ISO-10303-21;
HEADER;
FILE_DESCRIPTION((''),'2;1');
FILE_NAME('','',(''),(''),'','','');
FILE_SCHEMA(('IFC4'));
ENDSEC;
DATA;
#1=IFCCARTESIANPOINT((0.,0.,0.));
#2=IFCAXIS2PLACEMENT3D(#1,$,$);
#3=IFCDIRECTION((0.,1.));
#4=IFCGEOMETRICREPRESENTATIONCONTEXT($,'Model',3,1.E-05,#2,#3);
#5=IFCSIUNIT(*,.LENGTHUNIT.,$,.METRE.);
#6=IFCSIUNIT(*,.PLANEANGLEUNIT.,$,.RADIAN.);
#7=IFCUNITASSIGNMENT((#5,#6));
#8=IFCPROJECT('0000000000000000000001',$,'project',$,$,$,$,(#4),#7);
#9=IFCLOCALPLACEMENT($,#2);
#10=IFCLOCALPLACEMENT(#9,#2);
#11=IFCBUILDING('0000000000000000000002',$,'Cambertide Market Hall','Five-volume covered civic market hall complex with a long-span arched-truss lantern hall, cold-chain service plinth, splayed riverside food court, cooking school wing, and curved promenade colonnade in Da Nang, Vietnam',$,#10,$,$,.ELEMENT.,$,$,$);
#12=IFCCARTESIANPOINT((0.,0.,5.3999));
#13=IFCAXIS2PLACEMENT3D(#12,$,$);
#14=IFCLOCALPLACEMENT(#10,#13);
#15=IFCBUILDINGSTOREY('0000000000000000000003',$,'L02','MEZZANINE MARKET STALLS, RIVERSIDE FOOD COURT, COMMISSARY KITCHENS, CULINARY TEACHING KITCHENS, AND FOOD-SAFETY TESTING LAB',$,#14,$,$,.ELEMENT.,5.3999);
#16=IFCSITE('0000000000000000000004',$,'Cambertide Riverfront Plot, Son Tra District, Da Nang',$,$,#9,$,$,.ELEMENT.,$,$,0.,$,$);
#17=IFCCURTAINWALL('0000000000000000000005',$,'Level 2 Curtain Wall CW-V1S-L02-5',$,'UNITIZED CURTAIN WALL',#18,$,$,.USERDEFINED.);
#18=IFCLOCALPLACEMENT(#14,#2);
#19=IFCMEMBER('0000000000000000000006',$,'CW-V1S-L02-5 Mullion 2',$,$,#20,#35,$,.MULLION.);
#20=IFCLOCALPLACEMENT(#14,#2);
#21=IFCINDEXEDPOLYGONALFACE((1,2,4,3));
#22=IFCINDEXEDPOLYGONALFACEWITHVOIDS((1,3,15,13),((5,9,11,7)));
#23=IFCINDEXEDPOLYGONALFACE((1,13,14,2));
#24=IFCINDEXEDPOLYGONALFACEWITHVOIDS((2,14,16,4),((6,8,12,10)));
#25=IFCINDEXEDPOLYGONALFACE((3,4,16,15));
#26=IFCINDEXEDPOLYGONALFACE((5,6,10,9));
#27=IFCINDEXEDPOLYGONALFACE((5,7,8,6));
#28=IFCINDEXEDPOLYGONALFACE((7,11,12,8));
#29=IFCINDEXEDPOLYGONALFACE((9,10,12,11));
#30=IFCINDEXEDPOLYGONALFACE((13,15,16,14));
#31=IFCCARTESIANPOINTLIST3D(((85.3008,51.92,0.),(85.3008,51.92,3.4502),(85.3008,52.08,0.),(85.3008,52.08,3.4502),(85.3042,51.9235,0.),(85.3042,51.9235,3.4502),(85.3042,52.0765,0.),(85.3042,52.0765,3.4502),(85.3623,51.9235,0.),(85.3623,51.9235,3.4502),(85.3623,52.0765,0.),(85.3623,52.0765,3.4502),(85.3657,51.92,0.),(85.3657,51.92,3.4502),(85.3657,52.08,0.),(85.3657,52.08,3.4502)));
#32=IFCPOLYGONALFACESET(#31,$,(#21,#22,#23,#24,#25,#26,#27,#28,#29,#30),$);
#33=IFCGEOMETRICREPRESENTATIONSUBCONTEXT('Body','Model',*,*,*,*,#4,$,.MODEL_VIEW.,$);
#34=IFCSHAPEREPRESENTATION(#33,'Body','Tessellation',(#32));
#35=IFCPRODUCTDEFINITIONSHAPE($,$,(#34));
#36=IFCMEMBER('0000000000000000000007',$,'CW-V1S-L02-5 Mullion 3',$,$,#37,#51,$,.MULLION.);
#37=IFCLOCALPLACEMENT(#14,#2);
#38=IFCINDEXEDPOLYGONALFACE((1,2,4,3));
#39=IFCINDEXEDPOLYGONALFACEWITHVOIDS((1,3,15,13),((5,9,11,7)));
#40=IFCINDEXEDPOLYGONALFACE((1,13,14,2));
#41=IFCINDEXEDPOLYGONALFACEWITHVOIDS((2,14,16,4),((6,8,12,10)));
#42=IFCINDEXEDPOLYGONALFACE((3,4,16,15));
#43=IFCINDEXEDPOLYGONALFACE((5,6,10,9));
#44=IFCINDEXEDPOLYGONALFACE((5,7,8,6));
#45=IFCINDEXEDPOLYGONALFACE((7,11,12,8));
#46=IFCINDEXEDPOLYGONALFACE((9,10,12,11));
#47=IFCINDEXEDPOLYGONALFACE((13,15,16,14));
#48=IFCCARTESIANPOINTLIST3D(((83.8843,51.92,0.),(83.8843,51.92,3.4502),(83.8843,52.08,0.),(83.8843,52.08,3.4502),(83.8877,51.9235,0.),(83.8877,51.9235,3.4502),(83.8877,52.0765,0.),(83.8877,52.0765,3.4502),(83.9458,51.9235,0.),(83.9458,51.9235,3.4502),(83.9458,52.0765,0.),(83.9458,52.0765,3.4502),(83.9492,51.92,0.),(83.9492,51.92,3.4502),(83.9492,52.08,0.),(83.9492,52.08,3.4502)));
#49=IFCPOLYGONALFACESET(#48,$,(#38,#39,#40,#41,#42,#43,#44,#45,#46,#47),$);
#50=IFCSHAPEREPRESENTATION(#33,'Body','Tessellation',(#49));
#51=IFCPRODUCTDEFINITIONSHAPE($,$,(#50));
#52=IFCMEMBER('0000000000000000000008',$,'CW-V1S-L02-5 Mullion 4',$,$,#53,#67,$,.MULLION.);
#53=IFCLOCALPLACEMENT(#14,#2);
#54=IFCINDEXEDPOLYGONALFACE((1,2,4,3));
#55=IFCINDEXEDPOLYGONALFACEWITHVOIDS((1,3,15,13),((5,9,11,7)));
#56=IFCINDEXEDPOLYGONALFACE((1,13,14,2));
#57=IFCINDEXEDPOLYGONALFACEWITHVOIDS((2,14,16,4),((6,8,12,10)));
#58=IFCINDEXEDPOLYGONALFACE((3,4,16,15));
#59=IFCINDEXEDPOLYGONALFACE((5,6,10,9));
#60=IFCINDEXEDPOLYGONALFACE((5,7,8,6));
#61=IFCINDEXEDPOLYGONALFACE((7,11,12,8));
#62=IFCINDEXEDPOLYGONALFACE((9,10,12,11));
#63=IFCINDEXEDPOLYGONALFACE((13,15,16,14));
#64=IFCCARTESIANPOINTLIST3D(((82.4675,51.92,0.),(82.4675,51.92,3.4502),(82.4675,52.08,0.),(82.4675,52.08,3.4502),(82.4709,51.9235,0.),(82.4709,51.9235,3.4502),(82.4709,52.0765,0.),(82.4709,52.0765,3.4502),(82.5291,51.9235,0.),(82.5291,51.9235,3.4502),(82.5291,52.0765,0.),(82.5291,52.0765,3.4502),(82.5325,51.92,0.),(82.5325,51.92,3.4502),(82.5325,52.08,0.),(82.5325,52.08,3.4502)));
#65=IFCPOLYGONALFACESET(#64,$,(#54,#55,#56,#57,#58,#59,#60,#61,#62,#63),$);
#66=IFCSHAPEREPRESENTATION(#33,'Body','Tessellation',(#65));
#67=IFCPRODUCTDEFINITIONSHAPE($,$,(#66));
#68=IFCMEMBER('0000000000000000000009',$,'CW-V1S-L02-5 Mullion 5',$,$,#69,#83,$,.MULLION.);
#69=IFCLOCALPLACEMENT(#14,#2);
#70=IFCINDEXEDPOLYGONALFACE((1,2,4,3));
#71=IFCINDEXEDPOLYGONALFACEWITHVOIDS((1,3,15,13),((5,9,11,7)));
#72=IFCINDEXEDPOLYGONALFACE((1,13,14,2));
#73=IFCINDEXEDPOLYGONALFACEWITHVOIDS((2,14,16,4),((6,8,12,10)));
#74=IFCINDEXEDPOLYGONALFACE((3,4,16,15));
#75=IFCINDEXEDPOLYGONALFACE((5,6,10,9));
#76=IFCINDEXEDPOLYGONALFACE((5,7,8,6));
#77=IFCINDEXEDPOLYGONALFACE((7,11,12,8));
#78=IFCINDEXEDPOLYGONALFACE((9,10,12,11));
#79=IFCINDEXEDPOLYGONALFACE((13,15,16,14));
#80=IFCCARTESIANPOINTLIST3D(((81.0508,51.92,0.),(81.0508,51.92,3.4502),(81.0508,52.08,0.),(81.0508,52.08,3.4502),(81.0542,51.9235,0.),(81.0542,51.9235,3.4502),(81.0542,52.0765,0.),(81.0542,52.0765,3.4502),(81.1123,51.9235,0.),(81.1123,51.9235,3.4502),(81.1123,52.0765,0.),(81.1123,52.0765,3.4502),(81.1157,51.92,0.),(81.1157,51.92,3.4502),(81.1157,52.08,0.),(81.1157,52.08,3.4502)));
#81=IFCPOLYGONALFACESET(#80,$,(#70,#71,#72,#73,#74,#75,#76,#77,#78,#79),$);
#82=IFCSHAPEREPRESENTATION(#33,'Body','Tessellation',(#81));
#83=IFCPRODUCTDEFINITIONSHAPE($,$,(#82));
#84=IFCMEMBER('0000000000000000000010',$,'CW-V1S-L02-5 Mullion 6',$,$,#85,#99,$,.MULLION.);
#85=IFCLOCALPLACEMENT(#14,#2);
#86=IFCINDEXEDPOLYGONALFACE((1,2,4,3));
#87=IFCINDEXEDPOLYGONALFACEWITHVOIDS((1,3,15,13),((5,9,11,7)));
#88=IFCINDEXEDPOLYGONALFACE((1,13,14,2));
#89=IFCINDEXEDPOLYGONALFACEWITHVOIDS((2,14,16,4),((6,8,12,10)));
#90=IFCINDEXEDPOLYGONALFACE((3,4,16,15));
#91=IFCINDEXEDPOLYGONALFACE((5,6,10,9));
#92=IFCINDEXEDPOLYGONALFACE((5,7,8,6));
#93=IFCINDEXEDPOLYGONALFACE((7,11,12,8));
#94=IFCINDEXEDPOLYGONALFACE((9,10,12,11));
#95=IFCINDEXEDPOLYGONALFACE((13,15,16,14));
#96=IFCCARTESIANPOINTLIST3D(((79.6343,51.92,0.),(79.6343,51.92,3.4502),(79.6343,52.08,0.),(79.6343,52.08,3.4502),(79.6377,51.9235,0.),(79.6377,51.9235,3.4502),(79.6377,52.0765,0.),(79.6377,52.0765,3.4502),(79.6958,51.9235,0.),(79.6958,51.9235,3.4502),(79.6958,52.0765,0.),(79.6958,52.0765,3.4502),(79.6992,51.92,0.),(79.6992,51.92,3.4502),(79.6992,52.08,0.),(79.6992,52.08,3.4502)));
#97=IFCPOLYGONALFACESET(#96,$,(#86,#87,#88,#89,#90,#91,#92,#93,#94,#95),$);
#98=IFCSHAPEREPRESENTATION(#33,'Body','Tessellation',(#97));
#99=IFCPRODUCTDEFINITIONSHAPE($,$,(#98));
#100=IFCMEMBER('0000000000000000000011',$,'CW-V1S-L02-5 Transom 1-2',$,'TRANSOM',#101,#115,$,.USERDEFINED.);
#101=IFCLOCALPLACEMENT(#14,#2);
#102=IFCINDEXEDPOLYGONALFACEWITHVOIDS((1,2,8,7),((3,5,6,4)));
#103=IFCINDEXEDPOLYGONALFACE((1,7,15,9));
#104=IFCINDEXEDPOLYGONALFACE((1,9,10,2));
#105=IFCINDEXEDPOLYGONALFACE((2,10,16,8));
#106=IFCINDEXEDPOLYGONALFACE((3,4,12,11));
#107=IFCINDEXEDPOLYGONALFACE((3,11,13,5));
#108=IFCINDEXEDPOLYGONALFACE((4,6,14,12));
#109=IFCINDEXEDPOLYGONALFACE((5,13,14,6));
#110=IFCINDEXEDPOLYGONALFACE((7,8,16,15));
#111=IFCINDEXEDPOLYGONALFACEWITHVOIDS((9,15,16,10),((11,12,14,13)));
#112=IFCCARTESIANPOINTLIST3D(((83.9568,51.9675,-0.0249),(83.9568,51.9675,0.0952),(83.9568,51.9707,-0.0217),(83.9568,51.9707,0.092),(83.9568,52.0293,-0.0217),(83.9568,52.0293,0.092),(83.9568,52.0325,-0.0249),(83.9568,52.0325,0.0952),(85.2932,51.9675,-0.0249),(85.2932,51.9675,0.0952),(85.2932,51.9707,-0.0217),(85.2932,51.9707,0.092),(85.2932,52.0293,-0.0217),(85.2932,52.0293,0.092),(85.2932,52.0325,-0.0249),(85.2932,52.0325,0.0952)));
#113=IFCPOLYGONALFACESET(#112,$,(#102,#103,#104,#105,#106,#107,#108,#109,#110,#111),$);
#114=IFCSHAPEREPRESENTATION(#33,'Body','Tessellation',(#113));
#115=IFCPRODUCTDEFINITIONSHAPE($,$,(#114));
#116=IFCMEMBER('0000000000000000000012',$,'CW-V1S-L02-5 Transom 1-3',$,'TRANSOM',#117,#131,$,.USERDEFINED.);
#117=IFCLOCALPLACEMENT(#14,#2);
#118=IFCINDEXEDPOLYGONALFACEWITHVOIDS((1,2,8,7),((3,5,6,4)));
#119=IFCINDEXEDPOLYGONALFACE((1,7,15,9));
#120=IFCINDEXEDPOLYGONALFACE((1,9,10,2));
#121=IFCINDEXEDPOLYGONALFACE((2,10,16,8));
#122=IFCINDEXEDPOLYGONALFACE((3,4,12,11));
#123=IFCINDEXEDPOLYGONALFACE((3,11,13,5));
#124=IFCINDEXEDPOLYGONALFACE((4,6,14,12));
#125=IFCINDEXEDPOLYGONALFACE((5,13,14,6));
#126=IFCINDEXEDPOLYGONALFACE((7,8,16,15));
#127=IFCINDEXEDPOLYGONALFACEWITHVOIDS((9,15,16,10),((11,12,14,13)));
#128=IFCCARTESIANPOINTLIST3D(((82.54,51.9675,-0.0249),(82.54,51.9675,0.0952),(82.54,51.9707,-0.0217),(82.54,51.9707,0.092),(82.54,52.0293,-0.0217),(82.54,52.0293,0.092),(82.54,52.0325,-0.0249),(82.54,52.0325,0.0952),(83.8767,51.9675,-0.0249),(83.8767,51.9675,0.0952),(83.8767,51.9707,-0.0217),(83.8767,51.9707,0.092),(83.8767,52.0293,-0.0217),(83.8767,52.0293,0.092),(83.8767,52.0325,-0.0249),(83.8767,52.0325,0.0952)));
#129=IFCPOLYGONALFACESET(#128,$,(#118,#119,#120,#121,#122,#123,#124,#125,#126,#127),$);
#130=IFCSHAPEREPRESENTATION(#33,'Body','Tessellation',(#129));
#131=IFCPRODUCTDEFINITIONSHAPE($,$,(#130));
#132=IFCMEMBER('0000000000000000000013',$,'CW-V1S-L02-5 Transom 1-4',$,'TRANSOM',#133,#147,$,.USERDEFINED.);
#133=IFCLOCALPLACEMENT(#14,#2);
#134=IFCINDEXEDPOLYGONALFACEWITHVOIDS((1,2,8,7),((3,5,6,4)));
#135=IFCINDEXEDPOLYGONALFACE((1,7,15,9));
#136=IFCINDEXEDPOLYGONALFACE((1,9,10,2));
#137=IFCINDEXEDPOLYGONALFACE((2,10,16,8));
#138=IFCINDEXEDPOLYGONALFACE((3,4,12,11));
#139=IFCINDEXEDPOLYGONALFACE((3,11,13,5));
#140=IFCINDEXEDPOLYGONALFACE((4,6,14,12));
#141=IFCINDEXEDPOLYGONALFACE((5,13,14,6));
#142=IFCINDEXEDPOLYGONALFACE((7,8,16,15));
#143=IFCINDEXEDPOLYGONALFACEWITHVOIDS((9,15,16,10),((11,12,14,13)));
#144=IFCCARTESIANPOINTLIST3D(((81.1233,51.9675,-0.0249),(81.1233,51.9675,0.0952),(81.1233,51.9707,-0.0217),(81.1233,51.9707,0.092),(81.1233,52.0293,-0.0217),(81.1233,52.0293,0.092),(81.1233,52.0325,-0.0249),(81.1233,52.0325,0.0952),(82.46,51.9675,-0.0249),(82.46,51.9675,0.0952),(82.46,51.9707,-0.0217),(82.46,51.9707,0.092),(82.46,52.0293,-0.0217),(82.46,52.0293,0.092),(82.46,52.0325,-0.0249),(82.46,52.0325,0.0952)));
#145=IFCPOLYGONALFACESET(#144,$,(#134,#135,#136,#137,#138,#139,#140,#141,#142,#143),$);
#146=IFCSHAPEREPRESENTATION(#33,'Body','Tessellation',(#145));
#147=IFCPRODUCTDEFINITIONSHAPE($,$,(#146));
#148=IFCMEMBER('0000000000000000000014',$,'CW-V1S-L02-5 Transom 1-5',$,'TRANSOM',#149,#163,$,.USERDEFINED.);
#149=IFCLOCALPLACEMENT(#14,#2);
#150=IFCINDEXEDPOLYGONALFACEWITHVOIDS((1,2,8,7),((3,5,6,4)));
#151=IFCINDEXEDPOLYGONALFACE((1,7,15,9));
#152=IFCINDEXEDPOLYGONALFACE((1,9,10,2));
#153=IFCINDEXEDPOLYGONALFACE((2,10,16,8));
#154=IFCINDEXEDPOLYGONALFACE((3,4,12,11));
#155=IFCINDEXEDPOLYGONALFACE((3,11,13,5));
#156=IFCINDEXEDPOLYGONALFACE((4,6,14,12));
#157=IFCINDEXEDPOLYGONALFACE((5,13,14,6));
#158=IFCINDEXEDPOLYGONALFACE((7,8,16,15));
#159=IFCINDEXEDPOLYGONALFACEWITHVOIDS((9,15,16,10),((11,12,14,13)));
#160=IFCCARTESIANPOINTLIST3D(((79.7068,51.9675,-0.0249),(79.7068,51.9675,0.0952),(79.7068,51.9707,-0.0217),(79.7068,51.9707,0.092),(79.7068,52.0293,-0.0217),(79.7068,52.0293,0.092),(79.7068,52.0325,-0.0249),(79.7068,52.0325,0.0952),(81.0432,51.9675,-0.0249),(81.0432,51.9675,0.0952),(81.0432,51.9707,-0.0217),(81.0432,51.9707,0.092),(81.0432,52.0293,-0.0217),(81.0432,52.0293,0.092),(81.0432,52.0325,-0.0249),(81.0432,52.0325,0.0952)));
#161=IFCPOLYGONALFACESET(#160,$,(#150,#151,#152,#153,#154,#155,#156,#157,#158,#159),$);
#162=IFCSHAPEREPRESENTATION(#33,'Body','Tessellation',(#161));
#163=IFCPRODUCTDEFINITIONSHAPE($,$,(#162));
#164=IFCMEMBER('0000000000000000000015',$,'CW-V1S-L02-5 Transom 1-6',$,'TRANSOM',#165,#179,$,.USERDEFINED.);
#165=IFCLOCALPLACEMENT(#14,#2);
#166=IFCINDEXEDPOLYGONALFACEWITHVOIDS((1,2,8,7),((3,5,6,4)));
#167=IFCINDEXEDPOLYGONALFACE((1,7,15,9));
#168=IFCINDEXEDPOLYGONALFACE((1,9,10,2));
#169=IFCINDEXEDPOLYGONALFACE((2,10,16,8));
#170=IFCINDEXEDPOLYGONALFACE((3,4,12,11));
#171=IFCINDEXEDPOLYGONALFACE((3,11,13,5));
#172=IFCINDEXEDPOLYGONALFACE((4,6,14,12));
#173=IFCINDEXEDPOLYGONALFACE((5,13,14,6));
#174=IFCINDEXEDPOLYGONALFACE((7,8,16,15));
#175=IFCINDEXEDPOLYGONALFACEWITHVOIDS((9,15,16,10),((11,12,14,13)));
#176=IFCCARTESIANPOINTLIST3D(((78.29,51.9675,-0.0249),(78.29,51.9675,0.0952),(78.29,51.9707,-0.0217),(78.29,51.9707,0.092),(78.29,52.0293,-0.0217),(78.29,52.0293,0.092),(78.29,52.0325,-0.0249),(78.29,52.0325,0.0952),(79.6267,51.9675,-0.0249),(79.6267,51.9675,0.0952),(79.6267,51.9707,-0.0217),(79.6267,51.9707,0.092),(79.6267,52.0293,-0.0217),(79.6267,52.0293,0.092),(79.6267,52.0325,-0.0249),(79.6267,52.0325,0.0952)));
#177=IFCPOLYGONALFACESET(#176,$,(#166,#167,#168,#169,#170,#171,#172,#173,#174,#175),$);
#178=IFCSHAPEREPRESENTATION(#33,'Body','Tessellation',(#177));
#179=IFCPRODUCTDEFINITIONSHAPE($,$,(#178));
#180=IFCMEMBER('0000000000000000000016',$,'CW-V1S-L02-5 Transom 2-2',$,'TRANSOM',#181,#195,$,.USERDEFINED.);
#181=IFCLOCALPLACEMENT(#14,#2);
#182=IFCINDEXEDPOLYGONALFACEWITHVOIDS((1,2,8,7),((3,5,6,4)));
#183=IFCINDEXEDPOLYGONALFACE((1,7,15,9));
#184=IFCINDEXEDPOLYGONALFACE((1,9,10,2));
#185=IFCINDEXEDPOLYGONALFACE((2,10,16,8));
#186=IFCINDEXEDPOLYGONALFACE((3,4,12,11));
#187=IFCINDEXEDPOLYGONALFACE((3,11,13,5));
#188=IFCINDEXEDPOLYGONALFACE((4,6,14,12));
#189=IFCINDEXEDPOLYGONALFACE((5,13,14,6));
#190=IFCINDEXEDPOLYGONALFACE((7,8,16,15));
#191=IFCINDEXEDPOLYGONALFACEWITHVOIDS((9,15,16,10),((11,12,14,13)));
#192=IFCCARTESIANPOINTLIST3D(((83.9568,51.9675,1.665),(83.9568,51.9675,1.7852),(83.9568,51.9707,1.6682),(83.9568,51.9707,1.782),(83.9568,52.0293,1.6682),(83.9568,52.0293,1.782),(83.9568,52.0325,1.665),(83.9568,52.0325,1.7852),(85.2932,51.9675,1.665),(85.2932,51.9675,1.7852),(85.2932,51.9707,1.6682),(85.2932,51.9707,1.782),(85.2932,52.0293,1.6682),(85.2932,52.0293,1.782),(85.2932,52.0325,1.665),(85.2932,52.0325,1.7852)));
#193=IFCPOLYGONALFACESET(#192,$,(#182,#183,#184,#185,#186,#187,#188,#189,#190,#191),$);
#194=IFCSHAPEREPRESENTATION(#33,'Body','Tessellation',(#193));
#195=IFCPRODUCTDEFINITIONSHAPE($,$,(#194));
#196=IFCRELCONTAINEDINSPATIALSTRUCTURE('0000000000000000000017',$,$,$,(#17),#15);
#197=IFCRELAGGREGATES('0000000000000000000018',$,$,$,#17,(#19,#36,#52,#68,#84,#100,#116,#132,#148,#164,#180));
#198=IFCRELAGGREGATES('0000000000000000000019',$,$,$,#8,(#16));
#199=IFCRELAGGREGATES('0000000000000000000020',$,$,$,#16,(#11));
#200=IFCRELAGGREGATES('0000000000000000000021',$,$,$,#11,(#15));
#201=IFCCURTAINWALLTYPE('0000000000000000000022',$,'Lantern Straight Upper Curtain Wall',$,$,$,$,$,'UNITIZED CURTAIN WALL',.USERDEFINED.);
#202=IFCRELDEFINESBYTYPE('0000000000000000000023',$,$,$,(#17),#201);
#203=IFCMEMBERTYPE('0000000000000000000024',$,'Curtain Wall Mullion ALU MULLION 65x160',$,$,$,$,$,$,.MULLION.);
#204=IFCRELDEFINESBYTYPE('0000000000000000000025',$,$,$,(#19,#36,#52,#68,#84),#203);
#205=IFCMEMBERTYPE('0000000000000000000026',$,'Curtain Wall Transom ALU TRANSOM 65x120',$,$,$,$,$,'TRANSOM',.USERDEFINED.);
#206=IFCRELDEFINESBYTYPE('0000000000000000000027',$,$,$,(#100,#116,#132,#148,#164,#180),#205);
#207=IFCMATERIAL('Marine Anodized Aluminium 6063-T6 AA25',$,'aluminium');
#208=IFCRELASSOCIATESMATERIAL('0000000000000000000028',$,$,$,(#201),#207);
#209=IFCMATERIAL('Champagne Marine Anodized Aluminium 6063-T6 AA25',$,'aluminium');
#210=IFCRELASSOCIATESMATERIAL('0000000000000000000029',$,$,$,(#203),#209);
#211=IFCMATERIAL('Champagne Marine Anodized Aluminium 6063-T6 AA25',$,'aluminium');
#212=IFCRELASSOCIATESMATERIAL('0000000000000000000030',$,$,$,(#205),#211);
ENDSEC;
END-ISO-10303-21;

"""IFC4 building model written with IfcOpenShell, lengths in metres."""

from ifc_helpers import new_model, si_unit, direction, frame, origin, origin_2d, place, context, subcontext, project, spatial, hollow_rectangle, extrude, material, material_profile, profile_set, type_object, element, aggregate, save


model = new_model("IFC4")

# Units and contexts
model_context = context("Model", 3, precision=1e-05, world=origin(), true_north=direction((0.0, 1.0)))
body_context = subcontext(model_context, "Body", "Model", "MODEL_VIEW")
ifc_project = project(units=[si_unit("LENGTHUNIT", "METRE"), si_unit("PLANEANGLEUNIT", "RADIAN")], contexts=[model_context])

# Site, building, storey
site_placement = place(None, origin())
site = spatial("IfcSite", under=ifc_project, at=site_placement, Name="Cambertide Riverfront Plot, Son Tra District, Da Nang", CompositionType="ELEMENT", RefElevation=0.0)
building_placement = place(site_placement, origin())
building = spatial("IfcBuilding", under=site, at=building_placement, Name="Cambertide Market Hall", Description="Five-volume covered civic market hall complex with a long-span arched-truss lantern hall, cold-chain service plinth, splayed riverside food court, cooking school wing, and curved promenade colonnade in Da Nang, Vietnam", CompositionType="ELEMENT")
storey_placement = place(building_placement, frame((0.0, 0.0, 5.3999)))
storey = spatial("IfcBuildingStorey", under=building, at=storey_placement, Name="L02", Description="MEZZANINE MARKET STALLS, RIVERSIDE FOOD COURT, COMMISSARY KITCHENS, CULINARY TEACHING KITCHENS, AND FOOD-SAFETY TESTING LAB", CompositionType="ELEMENT", Elevation=5.3999)

# Curtain wall, members
ifc_material_1 = material(Name="Marine Anodized Aluminium 6063-T6 AA25", Category="aluminium")
curtain_wall_type = type_object("IfcCurtainWallType", Name="Lantern Straight Upper Curtain Wall", ElementType="UNITIZED CURTAIN WALL", PredefinedType="USERDEFINED", material=ifc_material_1)
curtain_wall_placement = place(storey_placement, origin())
curtain_wall = element("IfcCurtainWall", 1, at=curtain_wall_placement, inside=storey, type_object=curtain_wall_type, Name="Level 2 Curtain Wall CW-V1S-L02-5", ObjectType="UNITIZED CURTAIN WALL", PredefinedType="USERDEFINED")
ifc_material_2 = material(Name="Champagne Marine Anodized Aluminium 6063-T6 AA25", Category="aluminium")
ifc_material_profile_1 = material_profile(ifc_material_2, hollow_rectangle(XDim=0.0649, YDim=0.1599, WallThickness=0.0034, at=origin_2d()), Name="ALU MULLION 65x160")
ifc_profile_set_1 = profile_set([ifc_material_profile_1], Name="Champagne Marine Anodized Aluminium 6063-T6 AA25")
member_type_1 = type_object("IfcMemberType", Name="Curtain Wall Mullion ALU MULLION 65x160", PredefinedType="MULLION", material=ifc_profile_set_1)
member_1_placement = place(storey_placement, frame((85.3333, 52.0, 0.0), z_axis=(0.0, 0.0, 1.0), x_axis=(-1.0, 0.0, 0.0)))
member_1 = element("IfcMember", 2, at=member_1_placement, type_object=member_type_1, Name="CW-V1S-L02-5 Mullion 2", PredefinedType="MULLION", context=body_context, shape_type="SweptSolid", body=[
    extrude(hollow_rectangle(XDim=0.0649, YDim=0.1599, WallThickness=0.0034, at=origin_2d()), origin(), (0.0, 0.0, 1.0), 3.4502),
])
member_2_placement = place(storey_placement, frame((83.9167, 52.0, 0.0), z_axis=(0.0, 0.0, 1.0), x_axis=(-1.0, 0.0, 0.0)))
member_2 = element("IfcMember", 3, at=member_2_placement, type_object=member_type_1, Name="CW-V1S-L02-5 Mullion 3", PredefinedType="MULLION", context=body_context, shape_type="SweptSolid", body=[
    extrude(hollow_rectangle(XDim=0.0649, YDim=0.1599, WallThickness=0.0034, at=origin_2d()), origin(), (0.0, 0.0, 1.0), 3.4502),
])
member_3_placement = place(storey_placement, frame((82.5, 52.0, 0.0), z_axis=(0.0, 0.0, 1.0), x_axis=(-1.0, 0.0, 0.0)))
member_3 = element("IfcMember", 4, at=member_3_placement, type_object=member_type_1, Name="CW-V1S-L02-5 Mullion 4", PredefinedType="MULLION", context=body_context, shape_type="SweptSolid", body=[
    extrude(hollow_rectangle(XDim=0.0649, YDim=0.1599, WallThickness=0.0034, at=origin_2d()), origin(), (0.0, 0.0, 1.0), 3.4502),
])
member_4_placement = place(storey_placement, frame((81.0833, 52.0, 0.0), z_axis=(0.0, 0.0, 1.0), x_axis=(-1.0, 0.0, 0.0)))
member_4 = element("IfcMember", 5, at=member_4_placement, type_object=member_type_1, Name="CW-V1S-L02-5 Mullion 5", PredefinedType="MULLION", context=body_context, shape_type="SweptSolid", body=[
    extrude(hollow_rectangle(XDim=0.0649, YDim=0.1599, WallThickness=0.0034, at=origin_2d()), origin(), (0.0, 0.0, 1.0), 3.4502),
])
member_5_placement = place(storey_placement, frame((79.6667, 52.0, 0.0), z_axis=(0.0, 0.0, 1.0), x_axis=(-1.0, 0.0, 0.0)))
member_5 = element("IfcMember", 6, at=member_5_placement, type_object=member_type_1, Name="CW-V1S-L02-5 Mullion 6", PredefinedType="MULLION", context=body_context, shape_type="SweptSolid", body=[
    extrude(hollow_rectangle(XDim=0.0649, YDim=0.1599, WallThickness=0.0034, at=origin_2d()), origin(), (0.0, 0.0, 1.0), 3.4502),
])
ifc_material_3 = material(Name="Champagne Marine Anodized Aluminium 6063-T6 AA25", Category="aluminium")
ifc_material_profile_2 = material_profile(ifc_material_3, hollow_rectangle(XDim=0.0649, YDim=0.1201, WallThickness=0.0032, at=origin_2d()), Name="ALU TRANSOM 65x120")
ifc_profile_set_2 = profile_set([ifc_material_profile_2], Name="Champagne Marine Anodized Aluminium 6063-T6 AA25")
member_type_2 = type_object("IfcMemberType", Name="Curtain Wall Transom ALU TRANSOM 65x120", ElementType="TRANSOM", PredefinedType="USERDEFINED", material=ifc_profile_set_2)
member_6_placement = place(storey_placement, frame((85.2932, 52.0, 0.0352), z_axis=(-1.0, 0.0, 0.0), x_axis=(0.0, -1.0, 0.0)))
member_6 = element("IfcMember", 7, at=member_6_placement, type_object=member_type_2, Name="CW-V1S-L02-5 Transom 1-2", ObjectType="TRANSOM", PredefinedType="USERDEFINED", context=body_context, shape_type="SweptSolid", body=[
    extrude(hollow_rectangle(XDim=0.0649, YDim=0.1201, WallThickness=0.0032, at=origin_2d()), origin(), (0.0, 0.0, 1.0), 1.3364),
])
member_7_placement = place(storey_placement, frame((83.8767, 52.0, 0.0352), z_axis=(-1.0, 0.0, 0.0), x_axis=(0.0, -1.0, 0.0)))
member_7 = element("IfcMember", 8, at=member_7_placement, type_object=member_type_2, Name="CW-V1S-L02-5 Transom 1-3", ObjectType="TRANSOM", PredefinedType="USERDEFINED", context=body_context, shape_type="SweptSolid", body=[
    extrude(hollow_rectangle(XDim=0.0649, YDim=0.1201, WallThickness=0.0032, at=origin_2d()), origin(), (0.0, 0.0, 1.0), 1.3367),
])
member_8_placement = place(storey_placement, frame((82.46, 52.0, 0.0352), z_axis=(-1.0, 0.0, 0.0), x_axis=(0.0, -1.0, 0.0)))
member_8 = element("IfcMember", 9, at=member_8_placement, type_object=member_type_2, Name="CW-V1S-L02-5 Transom 1-4", ObjectType="TRANSOM", PredefinedType="USERDEFINED", context=body_context, shape_type="SweptSolid", body=[
    extrude(hollow_rectangle(XDim=0.0649, YDim=0.1201, WallThickness=0.0032, at=origin_2d()), origin(), (0.0, 0.0, 1.0), 1.3367),
])
member_9_placement = place(storey_placement, frame((81.0432, 52.0, 0.0352), z_axis=(-1.0, 0.0, 0.0), x_axis=(0.0, -1.0, 0.0)))
member_9 = element("IfcMember", 10, at=member_9_placement, type_object=member_type_2, Name="CW-V1S-L02-5 Transom 1-5", ObjectType="TRANSOM", PredefinedType="USERDEFINED", context=body_context, shape_type="SweptSolid", body=[
    extrude(hollow_rectangle(XDim=0.0649, YDim=0.1201, WallThickness=0.0032, at=origin_2d()), origin(), (0.0, 0.0, 1.0), 1.3364),
])
member_10_placement = place(storey_placement, frame((79.6267, 52.0, 0.0352), z_axis=(-1.0, 0.0, 0.0), x_axis=(0.0, -1.0, 0.0)))
member_10 = element("IfcMember", 11, at=member_10_placement, type_object=member_type_2, Name="CW-V1S-L02-5 Transom 1-6", ObjectType="TRANSOM", PredefinedType="USERDEFINED", context=body_context, shape_type="SweptSolid", body=[
    extrude(hollow_rectangle(XDim=0.0649, YDim=0.1201, WallThickness=0.0032, at=origin_2d()), origin(), (0.0, 0.0, 1.0), 1.3367),
])
member_11_placement = place(storey_placement, frame((85.2932, 52.0, 1.7251), z_axis=(-1.0, 0.0, 0.0), x_axis=(0.0, -1.0, 0.0)))
member_11 = element("IfcMember", 12, at=member_11_placement, type_object=member_type_2, Name="CW-V1S-L02-5 Transom 2-2", ObjectType="TRANSOM", PredefinedType="USERDEFINED", context=body_context, shape_type="SweptSolid", body=[
    extrude(hollow_rectangle(XDim=0.0649, YDim=0.1201, WallThickness=0.0032, at=origin_2d()), origin(), (0.0, 0.0, 1.0), 1.3364),
])
aggregate(curtain_wall, [member_1, member_2, member_3, member_4, member_5, member_6, member_7, member_8, member_9, member_10, member_11])

save(model, "model.ifc")
